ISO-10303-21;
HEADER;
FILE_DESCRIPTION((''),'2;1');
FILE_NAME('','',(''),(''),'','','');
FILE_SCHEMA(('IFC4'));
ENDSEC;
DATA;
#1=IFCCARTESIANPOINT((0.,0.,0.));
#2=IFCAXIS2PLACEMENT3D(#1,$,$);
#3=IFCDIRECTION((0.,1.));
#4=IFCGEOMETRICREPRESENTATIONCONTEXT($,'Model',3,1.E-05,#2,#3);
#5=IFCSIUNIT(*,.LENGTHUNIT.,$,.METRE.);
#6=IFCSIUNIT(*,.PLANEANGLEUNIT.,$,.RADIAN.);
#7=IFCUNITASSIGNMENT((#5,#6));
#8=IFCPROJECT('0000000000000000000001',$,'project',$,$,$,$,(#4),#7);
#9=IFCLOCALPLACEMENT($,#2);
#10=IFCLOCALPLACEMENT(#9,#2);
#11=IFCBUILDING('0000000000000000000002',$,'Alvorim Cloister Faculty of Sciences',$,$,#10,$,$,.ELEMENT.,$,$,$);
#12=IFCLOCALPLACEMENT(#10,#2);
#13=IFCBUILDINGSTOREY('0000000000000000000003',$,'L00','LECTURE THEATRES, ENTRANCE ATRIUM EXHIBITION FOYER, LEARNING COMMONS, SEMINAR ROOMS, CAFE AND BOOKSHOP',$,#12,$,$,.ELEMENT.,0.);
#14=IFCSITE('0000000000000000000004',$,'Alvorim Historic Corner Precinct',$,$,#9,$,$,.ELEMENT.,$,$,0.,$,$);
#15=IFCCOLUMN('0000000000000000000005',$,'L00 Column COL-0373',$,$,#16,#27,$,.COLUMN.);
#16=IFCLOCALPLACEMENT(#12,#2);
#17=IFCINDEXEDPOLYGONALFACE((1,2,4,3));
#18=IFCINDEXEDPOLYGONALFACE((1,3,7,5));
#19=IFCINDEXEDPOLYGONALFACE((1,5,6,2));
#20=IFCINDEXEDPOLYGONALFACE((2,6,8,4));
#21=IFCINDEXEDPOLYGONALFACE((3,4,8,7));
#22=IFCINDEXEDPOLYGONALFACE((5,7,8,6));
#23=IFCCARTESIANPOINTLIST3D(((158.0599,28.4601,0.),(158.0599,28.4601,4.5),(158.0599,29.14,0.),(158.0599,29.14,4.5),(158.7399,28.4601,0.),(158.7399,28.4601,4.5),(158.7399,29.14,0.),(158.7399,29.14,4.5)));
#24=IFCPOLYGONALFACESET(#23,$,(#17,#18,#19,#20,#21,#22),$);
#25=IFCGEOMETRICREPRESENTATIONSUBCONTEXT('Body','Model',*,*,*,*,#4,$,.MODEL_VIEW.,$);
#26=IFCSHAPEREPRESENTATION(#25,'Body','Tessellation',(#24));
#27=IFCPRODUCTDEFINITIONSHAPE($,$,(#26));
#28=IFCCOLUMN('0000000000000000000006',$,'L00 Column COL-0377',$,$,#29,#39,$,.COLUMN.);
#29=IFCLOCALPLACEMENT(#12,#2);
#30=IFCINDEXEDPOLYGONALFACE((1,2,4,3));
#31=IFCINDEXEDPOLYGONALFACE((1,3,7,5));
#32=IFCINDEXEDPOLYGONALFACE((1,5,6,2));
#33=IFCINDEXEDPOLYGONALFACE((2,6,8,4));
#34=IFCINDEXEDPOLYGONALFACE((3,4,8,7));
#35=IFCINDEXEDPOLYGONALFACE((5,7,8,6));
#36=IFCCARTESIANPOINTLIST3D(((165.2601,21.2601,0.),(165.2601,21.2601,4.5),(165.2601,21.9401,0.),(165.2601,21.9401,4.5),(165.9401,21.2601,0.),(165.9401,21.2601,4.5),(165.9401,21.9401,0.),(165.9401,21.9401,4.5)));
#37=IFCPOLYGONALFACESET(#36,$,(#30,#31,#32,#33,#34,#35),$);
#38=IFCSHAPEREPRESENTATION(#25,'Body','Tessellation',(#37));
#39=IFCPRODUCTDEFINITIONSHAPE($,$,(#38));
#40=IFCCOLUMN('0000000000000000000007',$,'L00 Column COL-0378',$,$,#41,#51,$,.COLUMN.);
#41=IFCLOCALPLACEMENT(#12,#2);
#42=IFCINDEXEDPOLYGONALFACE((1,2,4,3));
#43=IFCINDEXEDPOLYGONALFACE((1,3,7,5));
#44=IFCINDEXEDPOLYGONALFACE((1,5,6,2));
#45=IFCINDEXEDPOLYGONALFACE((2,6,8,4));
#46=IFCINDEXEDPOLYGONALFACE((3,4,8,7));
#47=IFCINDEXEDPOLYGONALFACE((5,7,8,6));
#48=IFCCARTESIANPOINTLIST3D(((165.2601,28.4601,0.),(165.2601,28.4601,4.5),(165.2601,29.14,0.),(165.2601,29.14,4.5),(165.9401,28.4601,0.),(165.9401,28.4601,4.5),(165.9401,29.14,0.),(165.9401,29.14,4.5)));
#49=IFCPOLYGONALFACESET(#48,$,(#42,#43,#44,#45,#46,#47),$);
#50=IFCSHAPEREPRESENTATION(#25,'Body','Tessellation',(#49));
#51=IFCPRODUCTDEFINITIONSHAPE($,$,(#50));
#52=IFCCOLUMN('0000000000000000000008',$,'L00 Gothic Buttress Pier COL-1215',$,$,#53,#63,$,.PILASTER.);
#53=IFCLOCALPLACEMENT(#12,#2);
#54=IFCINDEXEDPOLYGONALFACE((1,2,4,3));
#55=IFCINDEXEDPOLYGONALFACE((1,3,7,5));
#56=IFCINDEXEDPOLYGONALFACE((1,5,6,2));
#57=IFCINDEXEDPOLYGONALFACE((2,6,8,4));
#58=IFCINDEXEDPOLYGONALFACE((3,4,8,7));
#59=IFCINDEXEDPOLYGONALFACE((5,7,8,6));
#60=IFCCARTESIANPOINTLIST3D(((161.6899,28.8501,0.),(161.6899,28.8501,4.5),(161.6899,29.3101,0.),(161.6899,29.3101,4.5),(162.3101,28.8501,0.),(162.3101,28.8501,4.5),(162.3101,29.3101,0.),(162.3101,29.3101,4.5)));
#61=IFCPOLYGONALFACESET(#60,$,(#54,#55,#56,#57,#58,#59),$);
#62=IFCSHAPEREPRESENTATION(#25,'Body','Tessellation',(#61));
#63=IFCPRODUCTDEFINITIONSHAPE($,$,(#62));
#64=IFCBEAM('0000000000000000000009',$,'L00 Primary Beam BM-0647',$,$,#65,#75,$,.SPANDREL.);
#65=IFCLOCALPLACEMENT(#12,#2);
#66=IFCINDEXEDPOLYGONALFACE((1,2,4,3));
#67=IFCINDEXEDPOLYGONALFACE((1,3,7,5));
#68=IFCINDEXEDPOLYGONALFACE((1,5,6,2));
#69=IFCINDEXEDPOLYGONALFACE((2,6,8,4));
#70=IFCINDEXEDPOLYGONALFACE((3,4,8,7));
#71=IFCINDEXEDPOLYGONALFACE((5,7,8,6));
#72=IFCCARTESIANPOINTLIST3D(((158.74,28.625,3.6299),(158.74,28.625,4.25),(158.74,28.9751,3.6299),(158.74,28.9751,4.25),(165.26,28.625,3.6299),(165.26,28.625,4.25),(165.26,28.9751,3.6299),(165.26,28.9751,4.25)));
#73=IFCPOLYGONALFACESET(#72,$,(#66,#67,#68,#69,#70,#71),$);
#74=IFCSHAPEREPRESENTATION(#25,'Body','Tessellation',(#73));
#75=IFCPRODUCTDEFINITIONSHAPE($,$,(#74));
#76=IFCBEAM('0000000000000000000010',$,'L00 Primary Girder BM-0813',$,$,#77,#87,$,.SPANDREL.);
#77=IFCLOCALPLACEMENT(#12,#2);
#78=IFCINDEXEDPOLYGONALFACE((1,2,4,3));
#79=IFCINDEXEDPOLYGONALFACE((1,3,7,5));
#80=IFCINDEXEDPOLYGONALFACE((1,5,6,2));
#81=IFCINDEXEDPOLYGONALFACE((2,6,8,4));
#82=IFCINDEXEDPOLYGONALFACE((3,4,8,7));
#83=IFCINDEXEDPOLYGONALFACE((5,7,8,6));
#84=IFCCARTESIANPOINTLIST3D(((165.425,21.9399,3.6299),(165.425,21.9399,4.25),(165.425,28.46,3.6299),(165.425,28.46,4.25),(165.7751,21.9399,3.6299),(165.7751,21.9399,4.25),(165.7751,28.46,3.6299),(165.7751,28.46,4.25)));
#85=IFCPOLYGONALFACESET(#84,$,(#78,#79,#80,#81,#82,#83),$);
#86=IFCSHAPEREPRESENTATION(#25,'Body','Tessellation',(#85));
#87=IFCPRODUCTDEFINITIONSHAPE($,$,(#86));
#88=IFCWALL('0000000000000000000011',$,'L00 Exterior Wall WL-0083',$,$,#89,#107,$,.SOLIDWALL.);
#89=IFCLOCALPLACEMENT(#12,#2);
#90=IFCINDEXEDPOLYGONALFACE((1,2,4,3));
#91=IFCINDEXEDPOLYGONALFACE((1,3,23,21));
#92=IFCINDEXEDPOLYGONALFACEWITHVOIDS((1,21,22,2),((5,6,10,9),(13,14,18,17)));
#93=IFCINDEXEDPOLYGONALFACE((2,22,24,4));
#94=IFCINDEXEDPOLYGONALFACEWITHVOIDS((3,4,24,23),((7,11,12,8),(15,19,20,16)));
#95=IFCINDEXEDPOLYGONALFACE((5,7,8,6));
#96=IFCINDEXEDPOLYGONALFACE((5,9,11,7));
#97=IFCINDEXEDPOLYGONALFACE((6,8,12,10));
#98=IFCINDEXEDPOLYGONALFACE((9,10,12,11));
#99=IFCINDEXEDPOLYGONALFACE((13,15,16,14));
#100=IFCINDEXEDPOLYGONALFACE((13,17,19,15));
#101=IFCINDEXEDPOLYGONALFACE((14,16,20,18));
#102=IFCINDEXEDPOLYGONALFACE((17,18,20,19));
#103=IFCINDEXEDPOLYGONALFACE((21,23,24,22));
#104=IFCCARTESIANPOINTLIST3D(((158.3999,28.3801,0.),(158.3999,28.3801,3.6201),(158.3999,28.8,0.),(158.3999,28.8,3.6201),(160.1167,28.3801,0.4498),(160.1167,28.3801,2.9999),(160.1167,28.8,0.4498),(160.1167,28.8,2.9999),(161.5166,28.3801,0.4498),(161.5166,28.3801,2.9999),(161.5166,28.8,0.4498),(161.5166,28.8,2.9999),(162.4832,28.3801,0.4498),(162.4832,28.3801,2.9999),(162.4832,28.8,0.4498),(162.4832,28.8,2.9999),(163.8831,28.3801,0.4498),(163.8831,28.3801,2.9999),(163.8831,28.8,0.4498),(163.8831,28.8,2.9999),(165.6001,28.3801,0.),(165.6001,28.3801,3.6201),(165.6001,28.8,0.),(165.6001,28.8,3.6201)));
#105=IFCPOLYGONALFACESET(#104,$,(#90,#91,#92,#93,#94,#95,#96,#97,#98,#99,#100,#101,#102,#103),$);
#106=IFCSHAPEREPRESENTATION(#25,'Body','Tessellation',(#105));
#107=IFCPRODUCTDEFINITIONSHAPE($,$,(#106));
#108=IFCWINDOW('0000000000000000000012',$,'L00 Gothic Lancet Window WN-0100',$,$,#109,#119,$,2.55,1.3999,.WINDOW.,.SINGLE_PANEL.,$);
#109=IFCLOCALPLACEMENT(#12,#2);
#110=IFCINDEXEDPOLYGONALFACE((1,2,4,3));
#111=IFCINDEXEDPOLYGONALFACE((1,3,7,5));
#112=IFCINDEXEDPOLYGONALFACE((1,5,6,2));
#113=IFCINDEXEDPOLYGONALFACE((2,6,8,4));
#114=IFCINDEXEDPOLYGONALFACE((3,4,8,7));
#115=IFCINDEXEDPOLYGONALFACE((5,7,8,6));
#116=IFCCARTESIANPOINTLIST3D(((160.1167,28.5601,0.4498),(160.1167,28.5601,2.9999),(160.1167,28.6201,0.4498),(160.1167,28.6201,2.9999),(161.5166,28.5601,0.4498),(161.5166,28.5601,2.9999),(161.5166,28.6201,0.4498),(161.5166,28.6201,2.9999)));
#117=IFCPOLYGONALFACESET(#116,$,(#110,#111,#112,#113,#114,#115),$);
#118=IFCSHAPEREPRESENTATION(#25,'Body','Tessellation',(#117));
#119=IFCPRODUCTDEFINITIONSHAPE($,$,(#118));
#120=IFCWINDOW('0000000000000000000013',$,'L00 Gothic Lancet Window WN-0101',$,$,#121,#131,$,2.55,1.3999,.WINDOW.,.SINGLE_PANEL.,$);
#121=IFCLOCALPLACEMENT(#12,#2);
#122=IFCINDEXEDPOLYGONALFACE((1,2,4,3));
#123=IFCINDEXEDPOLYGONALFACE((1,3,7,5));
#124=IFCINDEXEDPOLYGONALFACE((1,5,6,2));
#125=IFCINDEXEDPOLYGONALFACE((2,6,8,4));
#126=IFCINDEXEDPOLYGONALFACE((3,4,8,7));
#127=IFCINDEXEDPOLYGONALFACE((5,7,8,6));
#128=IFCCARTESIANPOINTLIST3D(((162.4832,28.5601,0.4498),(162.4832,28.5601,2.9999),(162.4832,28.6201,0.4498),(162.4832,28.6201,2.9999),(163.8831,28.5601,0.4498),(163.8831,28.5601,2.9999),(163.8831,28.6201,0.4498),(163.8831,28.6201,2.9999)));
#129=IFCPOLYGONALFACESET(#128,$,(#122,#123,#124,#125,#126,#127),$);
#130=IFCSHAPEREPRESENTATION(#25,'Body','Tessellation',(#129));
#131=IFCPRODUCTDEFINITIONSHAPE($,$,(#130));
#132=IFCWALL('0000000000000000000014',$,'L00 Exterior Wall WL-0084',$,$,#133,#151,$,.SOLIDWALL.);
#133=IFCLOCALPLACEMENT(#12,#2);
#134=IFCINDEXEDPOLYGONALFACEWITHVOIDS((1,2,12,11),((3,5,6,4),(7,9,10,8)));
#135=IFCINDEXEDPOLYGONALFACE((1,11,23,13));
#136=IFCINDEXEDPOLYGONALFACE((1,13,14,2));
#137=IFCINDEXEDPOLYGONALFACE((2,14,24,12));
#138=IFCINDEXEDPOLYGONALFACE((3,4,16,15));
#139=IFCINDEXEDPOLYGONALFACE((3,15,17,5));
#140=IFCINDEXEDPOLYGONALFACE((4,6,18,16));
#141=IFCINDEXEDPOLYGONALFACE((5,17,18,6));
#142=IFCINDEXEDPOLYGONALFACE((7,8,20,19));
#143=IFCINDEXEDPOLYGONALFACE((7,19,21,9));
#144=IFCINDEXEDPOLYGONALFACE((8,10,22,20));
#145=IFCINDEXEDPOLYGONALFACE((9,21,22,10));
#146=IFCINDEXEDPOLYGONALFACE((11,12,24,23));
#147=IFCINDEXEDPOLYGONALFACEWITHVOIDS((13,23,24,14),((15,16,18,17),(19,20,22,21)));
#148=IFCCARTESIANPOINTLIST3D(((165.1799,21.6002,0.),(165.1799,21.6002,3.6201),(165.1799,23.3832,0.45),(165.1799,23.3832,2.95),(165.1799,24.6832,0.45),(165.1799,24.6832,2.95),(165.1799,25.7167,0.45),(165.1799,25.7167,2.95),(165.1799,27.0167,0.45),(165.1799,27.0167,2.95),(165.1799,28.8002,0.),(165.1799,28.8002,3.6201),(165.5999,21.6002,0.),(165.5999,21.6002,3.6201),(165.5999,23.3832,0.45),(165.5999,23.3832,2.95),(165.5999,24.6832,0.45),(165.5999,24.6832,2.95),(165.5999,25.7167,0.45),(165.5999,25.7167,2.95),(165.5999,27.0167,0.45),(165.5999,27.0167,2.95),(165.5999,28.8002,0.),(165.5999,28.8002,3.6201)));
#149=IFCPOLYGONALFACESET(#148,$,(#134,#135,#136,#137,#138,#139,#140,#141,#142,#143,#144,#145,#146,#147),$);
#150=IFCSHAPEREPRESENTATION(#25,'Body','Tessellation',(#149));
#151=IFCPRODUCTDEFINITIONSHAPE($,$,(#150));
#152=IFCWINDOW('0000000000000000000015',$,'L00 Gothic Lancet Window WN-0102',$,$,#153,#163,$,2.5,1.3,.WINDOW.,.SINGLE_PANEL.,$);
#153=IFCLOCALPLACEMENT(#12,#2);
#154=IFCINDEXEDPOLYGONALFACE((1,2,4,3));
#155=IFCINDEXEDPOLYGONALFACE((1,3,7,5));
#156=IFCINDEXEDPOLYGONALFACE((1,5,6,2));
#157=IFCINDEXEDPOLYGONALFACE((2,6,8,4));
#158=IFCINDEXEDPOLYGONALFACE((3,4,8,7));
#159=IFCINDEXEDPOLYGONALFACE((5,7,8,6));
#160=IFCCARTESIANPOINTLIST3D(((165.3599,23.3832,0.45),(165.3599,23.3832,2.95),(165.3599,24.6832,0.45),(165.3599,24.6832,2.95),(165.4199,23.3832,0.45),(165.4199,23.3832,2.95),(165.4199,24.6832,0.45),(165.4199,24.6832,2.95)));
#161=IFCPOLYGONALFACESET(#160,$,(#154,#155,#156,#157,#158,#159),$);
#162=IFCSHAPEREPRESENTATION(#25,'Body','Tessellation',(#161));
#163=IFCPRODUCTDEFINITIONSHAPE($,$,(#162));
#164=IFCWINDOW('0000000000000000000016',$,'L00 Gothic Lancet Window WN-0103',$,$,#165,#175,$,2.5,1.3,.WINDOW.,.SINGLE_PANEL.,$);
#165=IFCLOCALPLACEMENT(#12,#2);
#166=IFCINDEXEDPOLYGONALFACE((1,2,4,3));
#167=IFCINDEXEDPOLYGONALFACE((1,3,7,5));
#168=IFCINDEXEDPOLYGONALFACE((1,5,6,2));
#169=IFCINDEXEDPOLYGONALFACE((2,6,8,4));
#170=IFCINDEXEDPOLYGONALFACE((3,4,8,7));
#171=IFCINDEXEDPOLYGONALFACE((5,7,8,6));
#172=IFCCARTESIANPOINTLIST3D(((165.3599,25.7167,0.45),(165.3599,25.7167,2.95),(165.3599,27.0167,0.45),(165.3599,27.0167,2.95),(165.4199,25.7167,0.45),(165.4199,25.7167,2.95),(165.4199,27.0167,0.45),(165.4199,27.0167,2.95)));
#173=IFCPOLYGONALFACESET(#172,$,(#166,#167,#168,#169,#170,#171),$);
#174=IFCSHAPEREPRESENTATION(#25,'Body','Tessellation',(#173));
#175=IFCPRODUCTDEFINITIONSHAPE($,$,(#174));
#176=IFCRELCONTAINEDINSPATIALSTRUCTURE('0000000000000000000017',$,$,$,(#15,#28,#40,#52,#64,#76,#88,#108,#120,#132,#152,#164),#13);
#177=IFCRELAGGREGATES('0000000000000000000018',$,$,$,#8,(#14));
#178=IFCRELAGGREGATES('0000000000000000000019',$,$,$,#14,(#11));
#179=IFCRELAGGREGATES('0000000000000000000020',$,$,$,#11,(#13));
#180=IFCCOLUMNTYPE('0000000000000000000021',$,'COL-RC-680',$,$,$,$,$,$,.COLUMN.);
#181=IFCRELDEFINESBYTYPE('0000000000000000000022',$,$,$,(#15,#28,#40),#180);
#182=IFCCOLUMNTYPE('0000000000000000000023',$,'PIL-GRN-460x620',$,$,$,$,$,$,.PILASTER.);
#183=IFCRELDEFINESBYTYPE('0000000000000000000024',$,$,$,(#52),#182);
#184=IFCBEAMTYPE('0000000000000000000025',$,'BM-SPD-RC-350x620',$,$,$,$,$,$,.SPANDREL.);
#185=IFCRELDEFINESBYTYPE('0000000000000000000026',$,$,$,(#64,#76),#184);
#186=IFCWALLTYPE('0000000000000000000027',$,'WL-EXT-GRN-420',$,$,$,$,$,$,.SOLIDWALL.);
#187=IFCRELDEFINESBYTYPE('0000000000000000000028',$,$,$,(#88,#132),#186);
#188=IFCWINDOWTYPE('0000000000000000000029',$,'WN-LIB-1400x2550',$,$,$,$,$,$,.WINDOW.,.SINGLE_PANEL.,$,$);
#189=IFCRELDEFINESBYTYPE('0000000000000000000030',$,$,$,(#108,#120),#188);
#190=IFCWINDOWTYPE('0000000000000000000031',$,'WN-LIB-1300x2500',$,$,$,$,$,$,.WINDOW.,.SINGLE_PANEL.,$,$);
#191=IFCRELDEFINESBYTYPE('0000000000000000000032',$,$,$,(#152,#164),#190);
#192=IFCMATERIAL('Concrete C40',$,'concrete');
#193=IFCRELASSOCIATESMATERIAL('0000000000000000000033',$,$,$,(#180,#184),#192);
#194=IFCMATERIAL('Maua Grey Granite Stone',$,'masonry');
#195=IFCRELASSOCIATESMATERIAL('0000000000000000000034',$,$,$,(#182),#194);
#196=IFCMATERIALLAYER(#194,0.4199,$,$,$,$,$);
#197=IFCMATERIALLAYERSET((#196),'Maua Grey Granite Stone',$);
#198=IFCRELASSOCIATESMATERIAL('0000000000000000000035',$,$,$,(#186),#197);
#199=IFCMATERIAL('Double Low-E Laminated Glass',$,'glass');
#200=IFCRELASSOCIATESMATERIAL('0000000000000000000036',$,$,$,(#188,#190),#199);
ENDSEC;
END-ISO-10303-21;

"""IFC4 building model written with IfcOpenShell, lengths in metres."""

from ifc_helpers import new_model, si_unit, direction, frame, frame_2d, origin, origin_2d, place, context, subcontext, project, spatial, rectangle, extrude, material, layer, layer_set, material_profile, profile_set, type_object, element, fill, save


model = new_model("IFC4")

# Units and contexts
model_context = context("Model", 3, precision=1e-05, world=origin(), true_north=direction((0.0, 1.0)))
body_context = subcontext(model_context, "Body", "Model", "MODEL_VIEW")
ifc_project = project(units=[si_unit("LENGTHUNIT", "METRE"), si_unit("PLANEANGLEUNIT", "RADIAN")], contexts=[model_context])

# Site, building, storey
site_placement = place(None, origin())
site = spatial("IfcSite", under=ifc_project, at=site_placement, Name="Alvorim Historic Corner Precinct", CompositionType="ELEMENT", RefElevation=0.0)
building_placement = place(site_placement, origin())
building = spatial("IfcBuilding", under=site, at=building_placement, Name="Alvorim Cloister Faculty of Sciences", CompositionType="ELEMENT")
storey_placement = place(building_placement, origin())
storey = spatial("IfcBuildingStorey", under=building, at=storey_placement, Name="L00", Description="LECTURE THEATRES, ENTRANCE ATRIUM EXHIBITION FOYER, LEARNING COMMONS, SEMINAR ROOMS, CAFE AND BOOKSHOP", CompositionType="ELEMENT", Elevation=0.0)

# Columns
ifc_material_1 = material(Name="Concrete C40", Category="concrete")
ifc_material_profile_1 = material_profile(ifc_material_1, rectangle(XDim=0.6799, YDim=0.6799, at=origin_2d()), Name="RC40-COL-680x680")
ifc_profile_set_1 = profile_set([ifc_material_profile_1], Name="Concrete C40")
column_type_1 = type_object("IfcColumnType", Name="COL-RC-680", PredefinedType="COLUMN", material=ifc_profile_set_1)
for number, where, z_axis, x_axis, name in (
    (1, (158.3999, 28.8, 0.0), (0.0, 0.0, 1.0), (1.0, 0.0, 0.0), "L00 Column COL-0373"),
    (2, (165.6001, 21.6001, 0.0), (0.0, 0.0, 1.0), (1.0, 0.0, 0.0), "L00 Column COL-0377"),
    (3, (165.6001, 28.8, 0.0), (0.0, 0.0, 1.0), (1.0, 0.0, 0.0), "L00 Column COL-0378"),
):
    element("IfcColumn", number, at=place(storey_placement, frame(where, z_axis=z_axis, x_axis=x_axis)), inside=storey, type_object=column_type_1, Name=name, PredefinedType="COLUMN", context=body_context, shape_type="SweptSolid", body=[
        extrude(rectangle(XDim=0.6799, YDim=0.6799, at=origin_2d()), origin(), (0.0, 0.0, 1.0), 4.5),
    ])
ifc_material_2 = material(Name="Maua Grey Granite Stone", Category="masonry")
ifc_material_profile_2 = material_profile(ifc_material_2, rectangle(XDim=0.46, YDim=0.6201, at=origin_2d()), Name="GRN-PIER-460x620")
ifc_profile_set_2 = profile_set([ifc_material_profile_2], Name="Maua Grey Granite Stone")
column_type_2 = type_object("IfcColumnType", Name="PIL-GRN-460x620", PredefinedType="PILASTER", material=ifc_profile_set_2)
column_placement = place(storey_placement, frame((162.0, 29.0801, 0.0), z_axis=(0.0, 0.0, 1.0), x_axis=(0.0, 1.0, 0.0)))
element("IfcColumn", 4, at=column_placement, inside=storey, type_object=column_type_2, Name="L00 Gothic Buttress Pier COL-1215", PredefinedType="PILASTER", context=body_context, shape_type="SweptSolid", body=[
    extrude(rectangle(XDim=0.46, YDim=0.6201, at=origin_2d()), origin(), (0.0, 0.0, 1.0), 4.5),
])

# Beams
ifc_material_profile_3 = material_profile(ifc_material_1, rectangle(XDim=0.3501, YDim=0.6201, at=origin_2d()), Name="RC40-SPD-350x620")
ifc_profile_set_3 = profile_set([ifc_material_profile_3], Name="Concrete C40")
beam_type = type_object("IfcBeamType", Name="BM-SPD-RC-350x620", PredefinedType="SPANDREL", material=ifc_profile_set_3)
for number, where, z_axis, x_axis, name in (
    (5, (158.74, 28.8, 3.9399), (1.0, 0.0, 0.0), (0.0, 1.0, 0.0), "L00 Primary Beam BM-0647"),
    (6, (165.6001, 21.9399, 3.9399), (0.0, 1.0, 0.0), (-1.0, 0.0, 0.0), "L00 Primary Girder BM-0813"),
):
    element("IfcBeam", number, at=place(storey_placement, frame(where, z_axis=z_axis, x_axis=x_axis)), inside=storey, type_object=beam_type, Name=name, PredefinedType="SPANDREL", context=body_context, shape_type="SweptSolid", body=[
        extrude(rectangle(XDim=0.3501, YDim=0.6201, at=origin_2d()), origin(), (0.0, 0.0, 1.0), 6.52),
    ])

# Walls, openings, windows
ifc_layer_1 = layer(ifc_material_2, 0.4199)
ifc_layer_set_1 = layer_set([ifc_layer_1], Name="Maua Grey Granite Stone")
wall_type_1 = type_object("IfcWallType", Name="WL-EXT-GRN-420", PredefinedType="SOLIDWALL", material=ifc_layer_set_1)
wall_1_placement = place(storey_placement, frame((158.3999, 28.5901, 0.0), z_axis=(0.0, 0.0, 1.0), x_axis=(1.0, 0.0, 0.0)))
wall_1 = element("IfcWall", 7, at=wall_1_placement, inside=storey, type_object=wall_type_1, Name="L00 Exterior Wall WL-0083", PredefinedType="SOLIDWALL", context=body_context, shape_type="SweptSolid", body=[
    extrude(rectangle(XDim=7.2002, YDim=0.4199, at=frame_2d((3.6001, 0.0))), origin(), (0.0, 0.0, 1.0), 3.6201),
])
opening_1_placement = place(wall_1_placement, frame((1.7168, 0.0, 0.45)))
opening_1 = element("IfcOpeningElement", 8, at=opening_1_placement, cuts=wall_1, PredefinedType="OPENING", context=body_context, shape_type="SweptSolid", body=[
    extrude(rectangle(XDim=1.3999, YDim=2.55, at=frame_2d((0.7, 1.2749))), frame((0.0, 0.2219, 0.0), z_axis=(0.0, -1.0, 0.0), x_axis=(1.0, 0.0, 0.0)), (0.0, 0.0, 1.0), 0.4438),
])
opening_2_placement = place(wall_1_placement, frame((4.0833, 0.0, 0.45)))
opening_2 = element("IfcOpeningElement", 9, at=opening_2_placement, cuts=wall_1, PredefinedType="OPENING", context=body_context, shape_type="SweptSolid", body=[
    extrude(rectangle(XDim=1.3999, YDim=2.55, at=frame_2d((0.7, 1.2749))), frame((0.0, 0.2219, 0.0), z_axis=(0.0, -1.0, 0.0), x_axis=(1.0, 0.0, 0.0)), (0.0, 0.0, 1.0), 0.4438),
])
ifc_material_3 = material(Name="Double Low-E Laminated Glass", Category="glass")
window_type_1 = type_object("IfcWindowType", Name="WN-LIB-1400x2550", PartitioningType="SINGLE_PANEL", PredefinedType="WINDOW", material=ifc_material_3)
window_1_placement = place(opening_1_placement, origin())
window_1 = element("IfcWindow", 10, at=window_1_placement, inside=storey, type_object=window_type_1, Name="L00 Gothic Lancet Window WN-0100", OverallHeight=2.55, OverallWidth=1.3999, PartitioningType="SINGLE_PANEL", PredefinedType="WINDOW", context=body_context, shape_type="SweptSolid", body=[
    extrude(rectangle(XDim=1.3999, YDim=2.55, at=frame_2d((0.7, 1.2749))), frame((0.0, 0.03, 0.0), z_axis=(0.0, -1.0, 0.0), x_axis=(1.0, 0.0, 0.0)), (0.0, 0.0, 1.0), 0.0601),
])
fill(opening_1, window_1)
window_2_placement = place(opening_2_placement, origin())
window_2 = element("IfcWindow", 11, at=window_2_placement, inside=storey, type_object=window_type_1, Name="L00 Gothic Lancet Window WN-0101", OverallHeight=2.55, OverallWidth=1.3999, PartitioningType="SINGLE_PANEL", PredefinedType="WINDOW", context=body_context, shape_type="SweptSolid", body=[
    extrude(rectangle(XDim=1.3999, YDim=2.55, at=frame_2d((0.7, 1.2749))), frame((0.0, 0.03, 0.0), z_axis=(0.0, -1.0, 0.0), x_axis=(1.0, 0.0, 0.0)), (0.0, 0.0, 1.0), 0.0601),
])
fill(opening_2, window_2)
wall_2_placement = place(storey_placement, frame((165.3899, 21.6001, 0.0), z_axis=(0.0, 0.0, 1.0), x_axis=(0.0, 1.0, 0.0)))
wall_2 = element("IfcWall", 12, at=wall_2_placement, inside=storey, type_object=wall_type_1, Name="L00 Exterior Wall WL-0084", PredefinedType="SOLIDWALL", context=body_context, shape_type="SweptSolid", body=[
    extrude(rectangle(XDim=7.2, YDim=0.4199, at=frame_2d((3.6001, 0.0))), origin(), (0.0, 0.0, 1.0), 3.6201),
])
opening_3_placement = place(wall_2_placement, frame((1.7832, 0.0, 0.45)))
opening_3 = element("IfcOpeningElement", 13, at=opening_3_placement, cuts=wall_2, PredefinedType="OPENING", context=body_context, shape_type="SweptSolid", body=[
    extrude(rectangle(XDim=1.3, YDim=2.5, at=frame_2d((0.6499, 1.25))), frame((0.0, 0.2219, 0.0), z_axis=(0.0, -1.0, 0.0), x_axis=(1.0, 0.0, 0.0)), (0.0, 0.0, 1.0), 0.4438),
])
opening_4_placement = place(wall_2_placement, frame((4.1167, 0.0, 0.45)))
opening_4 = element("IfcOpeningElement", 14, at=opening_4_placement, cuts=wall_2, PredefinedType="OPENING", context=body_context, shape_type="SweptSolid", body=[
    extrude(rectangle(XDim=1.3, YDim=2.5, at=frame_2d((0.6499, 1.25))), frame((0.0, 0.2219, 0.0), z_axis=(0.0, -1.0, 0.0), x_axis=(1.0, 0.0, 0.0)), (0.0, 0.0, 1.0), 0.4438),
])
window_type_2 = type_object("IfcWindowType", Name="WN-LIB-1300x2500", PartitioningType="SINGLE_PANEL", PredefinedType="WINDOW", material=ifc_material_3)
window_3_placement = place(opening_3_placement, origin())
window_3 = element("IfcWindow", 15, at=window_3_placement, inside=storey, type_object=window_type_2, Name="L00 Gothic Lancet Window WN-0102", OverallHeight=2.5, OverallWidth=1.3, PartitioningType="SINGLE_PANEL", PredefinedType="WINDOW", context=body_context, shape_type="SweptSolid", body=[
    extrude(rectangle(XDim=1.3, YDim=2.5, at=frame_2d((0.6499, 1.25))), frame((0.0, 0.03, 0.0), z_axis=(0.0, -1.0, 0.0), x_axis=(1.0, 0.0, 0.0)), (0.0, 0.0, 1.0), 0.0601),
])
fill(opening_3, window_3)
window_4_placement = place(opening_4_placement, origin())
window_4 = element("IfcWindow", 16, at=window_4_placement, inside=storey, type_object=window_type_2, Name="L00 Gothic Lancet Window WN-0103", OverallHeight=2.5, OverallWidth=1.3, PartitioningType="SINGLE_PANEL", PredefinedType="WINDOW", context=body_context, shape_type="SweptSolid", body=[
    extrude(rectangle(XDim=1.3, YDim=2.5, at=frame_2d((0.6499, 1.25))), frame((0.0, 0.03, 0.0), z_axis=(0.0, -1.0, 0.0), x_axis=(1.0, 0.0, 0.0)), (0.0, 0.0, 1.0), 0.0601),
])
fill(opening_4, window_4)

save(model, "model.ifc")
